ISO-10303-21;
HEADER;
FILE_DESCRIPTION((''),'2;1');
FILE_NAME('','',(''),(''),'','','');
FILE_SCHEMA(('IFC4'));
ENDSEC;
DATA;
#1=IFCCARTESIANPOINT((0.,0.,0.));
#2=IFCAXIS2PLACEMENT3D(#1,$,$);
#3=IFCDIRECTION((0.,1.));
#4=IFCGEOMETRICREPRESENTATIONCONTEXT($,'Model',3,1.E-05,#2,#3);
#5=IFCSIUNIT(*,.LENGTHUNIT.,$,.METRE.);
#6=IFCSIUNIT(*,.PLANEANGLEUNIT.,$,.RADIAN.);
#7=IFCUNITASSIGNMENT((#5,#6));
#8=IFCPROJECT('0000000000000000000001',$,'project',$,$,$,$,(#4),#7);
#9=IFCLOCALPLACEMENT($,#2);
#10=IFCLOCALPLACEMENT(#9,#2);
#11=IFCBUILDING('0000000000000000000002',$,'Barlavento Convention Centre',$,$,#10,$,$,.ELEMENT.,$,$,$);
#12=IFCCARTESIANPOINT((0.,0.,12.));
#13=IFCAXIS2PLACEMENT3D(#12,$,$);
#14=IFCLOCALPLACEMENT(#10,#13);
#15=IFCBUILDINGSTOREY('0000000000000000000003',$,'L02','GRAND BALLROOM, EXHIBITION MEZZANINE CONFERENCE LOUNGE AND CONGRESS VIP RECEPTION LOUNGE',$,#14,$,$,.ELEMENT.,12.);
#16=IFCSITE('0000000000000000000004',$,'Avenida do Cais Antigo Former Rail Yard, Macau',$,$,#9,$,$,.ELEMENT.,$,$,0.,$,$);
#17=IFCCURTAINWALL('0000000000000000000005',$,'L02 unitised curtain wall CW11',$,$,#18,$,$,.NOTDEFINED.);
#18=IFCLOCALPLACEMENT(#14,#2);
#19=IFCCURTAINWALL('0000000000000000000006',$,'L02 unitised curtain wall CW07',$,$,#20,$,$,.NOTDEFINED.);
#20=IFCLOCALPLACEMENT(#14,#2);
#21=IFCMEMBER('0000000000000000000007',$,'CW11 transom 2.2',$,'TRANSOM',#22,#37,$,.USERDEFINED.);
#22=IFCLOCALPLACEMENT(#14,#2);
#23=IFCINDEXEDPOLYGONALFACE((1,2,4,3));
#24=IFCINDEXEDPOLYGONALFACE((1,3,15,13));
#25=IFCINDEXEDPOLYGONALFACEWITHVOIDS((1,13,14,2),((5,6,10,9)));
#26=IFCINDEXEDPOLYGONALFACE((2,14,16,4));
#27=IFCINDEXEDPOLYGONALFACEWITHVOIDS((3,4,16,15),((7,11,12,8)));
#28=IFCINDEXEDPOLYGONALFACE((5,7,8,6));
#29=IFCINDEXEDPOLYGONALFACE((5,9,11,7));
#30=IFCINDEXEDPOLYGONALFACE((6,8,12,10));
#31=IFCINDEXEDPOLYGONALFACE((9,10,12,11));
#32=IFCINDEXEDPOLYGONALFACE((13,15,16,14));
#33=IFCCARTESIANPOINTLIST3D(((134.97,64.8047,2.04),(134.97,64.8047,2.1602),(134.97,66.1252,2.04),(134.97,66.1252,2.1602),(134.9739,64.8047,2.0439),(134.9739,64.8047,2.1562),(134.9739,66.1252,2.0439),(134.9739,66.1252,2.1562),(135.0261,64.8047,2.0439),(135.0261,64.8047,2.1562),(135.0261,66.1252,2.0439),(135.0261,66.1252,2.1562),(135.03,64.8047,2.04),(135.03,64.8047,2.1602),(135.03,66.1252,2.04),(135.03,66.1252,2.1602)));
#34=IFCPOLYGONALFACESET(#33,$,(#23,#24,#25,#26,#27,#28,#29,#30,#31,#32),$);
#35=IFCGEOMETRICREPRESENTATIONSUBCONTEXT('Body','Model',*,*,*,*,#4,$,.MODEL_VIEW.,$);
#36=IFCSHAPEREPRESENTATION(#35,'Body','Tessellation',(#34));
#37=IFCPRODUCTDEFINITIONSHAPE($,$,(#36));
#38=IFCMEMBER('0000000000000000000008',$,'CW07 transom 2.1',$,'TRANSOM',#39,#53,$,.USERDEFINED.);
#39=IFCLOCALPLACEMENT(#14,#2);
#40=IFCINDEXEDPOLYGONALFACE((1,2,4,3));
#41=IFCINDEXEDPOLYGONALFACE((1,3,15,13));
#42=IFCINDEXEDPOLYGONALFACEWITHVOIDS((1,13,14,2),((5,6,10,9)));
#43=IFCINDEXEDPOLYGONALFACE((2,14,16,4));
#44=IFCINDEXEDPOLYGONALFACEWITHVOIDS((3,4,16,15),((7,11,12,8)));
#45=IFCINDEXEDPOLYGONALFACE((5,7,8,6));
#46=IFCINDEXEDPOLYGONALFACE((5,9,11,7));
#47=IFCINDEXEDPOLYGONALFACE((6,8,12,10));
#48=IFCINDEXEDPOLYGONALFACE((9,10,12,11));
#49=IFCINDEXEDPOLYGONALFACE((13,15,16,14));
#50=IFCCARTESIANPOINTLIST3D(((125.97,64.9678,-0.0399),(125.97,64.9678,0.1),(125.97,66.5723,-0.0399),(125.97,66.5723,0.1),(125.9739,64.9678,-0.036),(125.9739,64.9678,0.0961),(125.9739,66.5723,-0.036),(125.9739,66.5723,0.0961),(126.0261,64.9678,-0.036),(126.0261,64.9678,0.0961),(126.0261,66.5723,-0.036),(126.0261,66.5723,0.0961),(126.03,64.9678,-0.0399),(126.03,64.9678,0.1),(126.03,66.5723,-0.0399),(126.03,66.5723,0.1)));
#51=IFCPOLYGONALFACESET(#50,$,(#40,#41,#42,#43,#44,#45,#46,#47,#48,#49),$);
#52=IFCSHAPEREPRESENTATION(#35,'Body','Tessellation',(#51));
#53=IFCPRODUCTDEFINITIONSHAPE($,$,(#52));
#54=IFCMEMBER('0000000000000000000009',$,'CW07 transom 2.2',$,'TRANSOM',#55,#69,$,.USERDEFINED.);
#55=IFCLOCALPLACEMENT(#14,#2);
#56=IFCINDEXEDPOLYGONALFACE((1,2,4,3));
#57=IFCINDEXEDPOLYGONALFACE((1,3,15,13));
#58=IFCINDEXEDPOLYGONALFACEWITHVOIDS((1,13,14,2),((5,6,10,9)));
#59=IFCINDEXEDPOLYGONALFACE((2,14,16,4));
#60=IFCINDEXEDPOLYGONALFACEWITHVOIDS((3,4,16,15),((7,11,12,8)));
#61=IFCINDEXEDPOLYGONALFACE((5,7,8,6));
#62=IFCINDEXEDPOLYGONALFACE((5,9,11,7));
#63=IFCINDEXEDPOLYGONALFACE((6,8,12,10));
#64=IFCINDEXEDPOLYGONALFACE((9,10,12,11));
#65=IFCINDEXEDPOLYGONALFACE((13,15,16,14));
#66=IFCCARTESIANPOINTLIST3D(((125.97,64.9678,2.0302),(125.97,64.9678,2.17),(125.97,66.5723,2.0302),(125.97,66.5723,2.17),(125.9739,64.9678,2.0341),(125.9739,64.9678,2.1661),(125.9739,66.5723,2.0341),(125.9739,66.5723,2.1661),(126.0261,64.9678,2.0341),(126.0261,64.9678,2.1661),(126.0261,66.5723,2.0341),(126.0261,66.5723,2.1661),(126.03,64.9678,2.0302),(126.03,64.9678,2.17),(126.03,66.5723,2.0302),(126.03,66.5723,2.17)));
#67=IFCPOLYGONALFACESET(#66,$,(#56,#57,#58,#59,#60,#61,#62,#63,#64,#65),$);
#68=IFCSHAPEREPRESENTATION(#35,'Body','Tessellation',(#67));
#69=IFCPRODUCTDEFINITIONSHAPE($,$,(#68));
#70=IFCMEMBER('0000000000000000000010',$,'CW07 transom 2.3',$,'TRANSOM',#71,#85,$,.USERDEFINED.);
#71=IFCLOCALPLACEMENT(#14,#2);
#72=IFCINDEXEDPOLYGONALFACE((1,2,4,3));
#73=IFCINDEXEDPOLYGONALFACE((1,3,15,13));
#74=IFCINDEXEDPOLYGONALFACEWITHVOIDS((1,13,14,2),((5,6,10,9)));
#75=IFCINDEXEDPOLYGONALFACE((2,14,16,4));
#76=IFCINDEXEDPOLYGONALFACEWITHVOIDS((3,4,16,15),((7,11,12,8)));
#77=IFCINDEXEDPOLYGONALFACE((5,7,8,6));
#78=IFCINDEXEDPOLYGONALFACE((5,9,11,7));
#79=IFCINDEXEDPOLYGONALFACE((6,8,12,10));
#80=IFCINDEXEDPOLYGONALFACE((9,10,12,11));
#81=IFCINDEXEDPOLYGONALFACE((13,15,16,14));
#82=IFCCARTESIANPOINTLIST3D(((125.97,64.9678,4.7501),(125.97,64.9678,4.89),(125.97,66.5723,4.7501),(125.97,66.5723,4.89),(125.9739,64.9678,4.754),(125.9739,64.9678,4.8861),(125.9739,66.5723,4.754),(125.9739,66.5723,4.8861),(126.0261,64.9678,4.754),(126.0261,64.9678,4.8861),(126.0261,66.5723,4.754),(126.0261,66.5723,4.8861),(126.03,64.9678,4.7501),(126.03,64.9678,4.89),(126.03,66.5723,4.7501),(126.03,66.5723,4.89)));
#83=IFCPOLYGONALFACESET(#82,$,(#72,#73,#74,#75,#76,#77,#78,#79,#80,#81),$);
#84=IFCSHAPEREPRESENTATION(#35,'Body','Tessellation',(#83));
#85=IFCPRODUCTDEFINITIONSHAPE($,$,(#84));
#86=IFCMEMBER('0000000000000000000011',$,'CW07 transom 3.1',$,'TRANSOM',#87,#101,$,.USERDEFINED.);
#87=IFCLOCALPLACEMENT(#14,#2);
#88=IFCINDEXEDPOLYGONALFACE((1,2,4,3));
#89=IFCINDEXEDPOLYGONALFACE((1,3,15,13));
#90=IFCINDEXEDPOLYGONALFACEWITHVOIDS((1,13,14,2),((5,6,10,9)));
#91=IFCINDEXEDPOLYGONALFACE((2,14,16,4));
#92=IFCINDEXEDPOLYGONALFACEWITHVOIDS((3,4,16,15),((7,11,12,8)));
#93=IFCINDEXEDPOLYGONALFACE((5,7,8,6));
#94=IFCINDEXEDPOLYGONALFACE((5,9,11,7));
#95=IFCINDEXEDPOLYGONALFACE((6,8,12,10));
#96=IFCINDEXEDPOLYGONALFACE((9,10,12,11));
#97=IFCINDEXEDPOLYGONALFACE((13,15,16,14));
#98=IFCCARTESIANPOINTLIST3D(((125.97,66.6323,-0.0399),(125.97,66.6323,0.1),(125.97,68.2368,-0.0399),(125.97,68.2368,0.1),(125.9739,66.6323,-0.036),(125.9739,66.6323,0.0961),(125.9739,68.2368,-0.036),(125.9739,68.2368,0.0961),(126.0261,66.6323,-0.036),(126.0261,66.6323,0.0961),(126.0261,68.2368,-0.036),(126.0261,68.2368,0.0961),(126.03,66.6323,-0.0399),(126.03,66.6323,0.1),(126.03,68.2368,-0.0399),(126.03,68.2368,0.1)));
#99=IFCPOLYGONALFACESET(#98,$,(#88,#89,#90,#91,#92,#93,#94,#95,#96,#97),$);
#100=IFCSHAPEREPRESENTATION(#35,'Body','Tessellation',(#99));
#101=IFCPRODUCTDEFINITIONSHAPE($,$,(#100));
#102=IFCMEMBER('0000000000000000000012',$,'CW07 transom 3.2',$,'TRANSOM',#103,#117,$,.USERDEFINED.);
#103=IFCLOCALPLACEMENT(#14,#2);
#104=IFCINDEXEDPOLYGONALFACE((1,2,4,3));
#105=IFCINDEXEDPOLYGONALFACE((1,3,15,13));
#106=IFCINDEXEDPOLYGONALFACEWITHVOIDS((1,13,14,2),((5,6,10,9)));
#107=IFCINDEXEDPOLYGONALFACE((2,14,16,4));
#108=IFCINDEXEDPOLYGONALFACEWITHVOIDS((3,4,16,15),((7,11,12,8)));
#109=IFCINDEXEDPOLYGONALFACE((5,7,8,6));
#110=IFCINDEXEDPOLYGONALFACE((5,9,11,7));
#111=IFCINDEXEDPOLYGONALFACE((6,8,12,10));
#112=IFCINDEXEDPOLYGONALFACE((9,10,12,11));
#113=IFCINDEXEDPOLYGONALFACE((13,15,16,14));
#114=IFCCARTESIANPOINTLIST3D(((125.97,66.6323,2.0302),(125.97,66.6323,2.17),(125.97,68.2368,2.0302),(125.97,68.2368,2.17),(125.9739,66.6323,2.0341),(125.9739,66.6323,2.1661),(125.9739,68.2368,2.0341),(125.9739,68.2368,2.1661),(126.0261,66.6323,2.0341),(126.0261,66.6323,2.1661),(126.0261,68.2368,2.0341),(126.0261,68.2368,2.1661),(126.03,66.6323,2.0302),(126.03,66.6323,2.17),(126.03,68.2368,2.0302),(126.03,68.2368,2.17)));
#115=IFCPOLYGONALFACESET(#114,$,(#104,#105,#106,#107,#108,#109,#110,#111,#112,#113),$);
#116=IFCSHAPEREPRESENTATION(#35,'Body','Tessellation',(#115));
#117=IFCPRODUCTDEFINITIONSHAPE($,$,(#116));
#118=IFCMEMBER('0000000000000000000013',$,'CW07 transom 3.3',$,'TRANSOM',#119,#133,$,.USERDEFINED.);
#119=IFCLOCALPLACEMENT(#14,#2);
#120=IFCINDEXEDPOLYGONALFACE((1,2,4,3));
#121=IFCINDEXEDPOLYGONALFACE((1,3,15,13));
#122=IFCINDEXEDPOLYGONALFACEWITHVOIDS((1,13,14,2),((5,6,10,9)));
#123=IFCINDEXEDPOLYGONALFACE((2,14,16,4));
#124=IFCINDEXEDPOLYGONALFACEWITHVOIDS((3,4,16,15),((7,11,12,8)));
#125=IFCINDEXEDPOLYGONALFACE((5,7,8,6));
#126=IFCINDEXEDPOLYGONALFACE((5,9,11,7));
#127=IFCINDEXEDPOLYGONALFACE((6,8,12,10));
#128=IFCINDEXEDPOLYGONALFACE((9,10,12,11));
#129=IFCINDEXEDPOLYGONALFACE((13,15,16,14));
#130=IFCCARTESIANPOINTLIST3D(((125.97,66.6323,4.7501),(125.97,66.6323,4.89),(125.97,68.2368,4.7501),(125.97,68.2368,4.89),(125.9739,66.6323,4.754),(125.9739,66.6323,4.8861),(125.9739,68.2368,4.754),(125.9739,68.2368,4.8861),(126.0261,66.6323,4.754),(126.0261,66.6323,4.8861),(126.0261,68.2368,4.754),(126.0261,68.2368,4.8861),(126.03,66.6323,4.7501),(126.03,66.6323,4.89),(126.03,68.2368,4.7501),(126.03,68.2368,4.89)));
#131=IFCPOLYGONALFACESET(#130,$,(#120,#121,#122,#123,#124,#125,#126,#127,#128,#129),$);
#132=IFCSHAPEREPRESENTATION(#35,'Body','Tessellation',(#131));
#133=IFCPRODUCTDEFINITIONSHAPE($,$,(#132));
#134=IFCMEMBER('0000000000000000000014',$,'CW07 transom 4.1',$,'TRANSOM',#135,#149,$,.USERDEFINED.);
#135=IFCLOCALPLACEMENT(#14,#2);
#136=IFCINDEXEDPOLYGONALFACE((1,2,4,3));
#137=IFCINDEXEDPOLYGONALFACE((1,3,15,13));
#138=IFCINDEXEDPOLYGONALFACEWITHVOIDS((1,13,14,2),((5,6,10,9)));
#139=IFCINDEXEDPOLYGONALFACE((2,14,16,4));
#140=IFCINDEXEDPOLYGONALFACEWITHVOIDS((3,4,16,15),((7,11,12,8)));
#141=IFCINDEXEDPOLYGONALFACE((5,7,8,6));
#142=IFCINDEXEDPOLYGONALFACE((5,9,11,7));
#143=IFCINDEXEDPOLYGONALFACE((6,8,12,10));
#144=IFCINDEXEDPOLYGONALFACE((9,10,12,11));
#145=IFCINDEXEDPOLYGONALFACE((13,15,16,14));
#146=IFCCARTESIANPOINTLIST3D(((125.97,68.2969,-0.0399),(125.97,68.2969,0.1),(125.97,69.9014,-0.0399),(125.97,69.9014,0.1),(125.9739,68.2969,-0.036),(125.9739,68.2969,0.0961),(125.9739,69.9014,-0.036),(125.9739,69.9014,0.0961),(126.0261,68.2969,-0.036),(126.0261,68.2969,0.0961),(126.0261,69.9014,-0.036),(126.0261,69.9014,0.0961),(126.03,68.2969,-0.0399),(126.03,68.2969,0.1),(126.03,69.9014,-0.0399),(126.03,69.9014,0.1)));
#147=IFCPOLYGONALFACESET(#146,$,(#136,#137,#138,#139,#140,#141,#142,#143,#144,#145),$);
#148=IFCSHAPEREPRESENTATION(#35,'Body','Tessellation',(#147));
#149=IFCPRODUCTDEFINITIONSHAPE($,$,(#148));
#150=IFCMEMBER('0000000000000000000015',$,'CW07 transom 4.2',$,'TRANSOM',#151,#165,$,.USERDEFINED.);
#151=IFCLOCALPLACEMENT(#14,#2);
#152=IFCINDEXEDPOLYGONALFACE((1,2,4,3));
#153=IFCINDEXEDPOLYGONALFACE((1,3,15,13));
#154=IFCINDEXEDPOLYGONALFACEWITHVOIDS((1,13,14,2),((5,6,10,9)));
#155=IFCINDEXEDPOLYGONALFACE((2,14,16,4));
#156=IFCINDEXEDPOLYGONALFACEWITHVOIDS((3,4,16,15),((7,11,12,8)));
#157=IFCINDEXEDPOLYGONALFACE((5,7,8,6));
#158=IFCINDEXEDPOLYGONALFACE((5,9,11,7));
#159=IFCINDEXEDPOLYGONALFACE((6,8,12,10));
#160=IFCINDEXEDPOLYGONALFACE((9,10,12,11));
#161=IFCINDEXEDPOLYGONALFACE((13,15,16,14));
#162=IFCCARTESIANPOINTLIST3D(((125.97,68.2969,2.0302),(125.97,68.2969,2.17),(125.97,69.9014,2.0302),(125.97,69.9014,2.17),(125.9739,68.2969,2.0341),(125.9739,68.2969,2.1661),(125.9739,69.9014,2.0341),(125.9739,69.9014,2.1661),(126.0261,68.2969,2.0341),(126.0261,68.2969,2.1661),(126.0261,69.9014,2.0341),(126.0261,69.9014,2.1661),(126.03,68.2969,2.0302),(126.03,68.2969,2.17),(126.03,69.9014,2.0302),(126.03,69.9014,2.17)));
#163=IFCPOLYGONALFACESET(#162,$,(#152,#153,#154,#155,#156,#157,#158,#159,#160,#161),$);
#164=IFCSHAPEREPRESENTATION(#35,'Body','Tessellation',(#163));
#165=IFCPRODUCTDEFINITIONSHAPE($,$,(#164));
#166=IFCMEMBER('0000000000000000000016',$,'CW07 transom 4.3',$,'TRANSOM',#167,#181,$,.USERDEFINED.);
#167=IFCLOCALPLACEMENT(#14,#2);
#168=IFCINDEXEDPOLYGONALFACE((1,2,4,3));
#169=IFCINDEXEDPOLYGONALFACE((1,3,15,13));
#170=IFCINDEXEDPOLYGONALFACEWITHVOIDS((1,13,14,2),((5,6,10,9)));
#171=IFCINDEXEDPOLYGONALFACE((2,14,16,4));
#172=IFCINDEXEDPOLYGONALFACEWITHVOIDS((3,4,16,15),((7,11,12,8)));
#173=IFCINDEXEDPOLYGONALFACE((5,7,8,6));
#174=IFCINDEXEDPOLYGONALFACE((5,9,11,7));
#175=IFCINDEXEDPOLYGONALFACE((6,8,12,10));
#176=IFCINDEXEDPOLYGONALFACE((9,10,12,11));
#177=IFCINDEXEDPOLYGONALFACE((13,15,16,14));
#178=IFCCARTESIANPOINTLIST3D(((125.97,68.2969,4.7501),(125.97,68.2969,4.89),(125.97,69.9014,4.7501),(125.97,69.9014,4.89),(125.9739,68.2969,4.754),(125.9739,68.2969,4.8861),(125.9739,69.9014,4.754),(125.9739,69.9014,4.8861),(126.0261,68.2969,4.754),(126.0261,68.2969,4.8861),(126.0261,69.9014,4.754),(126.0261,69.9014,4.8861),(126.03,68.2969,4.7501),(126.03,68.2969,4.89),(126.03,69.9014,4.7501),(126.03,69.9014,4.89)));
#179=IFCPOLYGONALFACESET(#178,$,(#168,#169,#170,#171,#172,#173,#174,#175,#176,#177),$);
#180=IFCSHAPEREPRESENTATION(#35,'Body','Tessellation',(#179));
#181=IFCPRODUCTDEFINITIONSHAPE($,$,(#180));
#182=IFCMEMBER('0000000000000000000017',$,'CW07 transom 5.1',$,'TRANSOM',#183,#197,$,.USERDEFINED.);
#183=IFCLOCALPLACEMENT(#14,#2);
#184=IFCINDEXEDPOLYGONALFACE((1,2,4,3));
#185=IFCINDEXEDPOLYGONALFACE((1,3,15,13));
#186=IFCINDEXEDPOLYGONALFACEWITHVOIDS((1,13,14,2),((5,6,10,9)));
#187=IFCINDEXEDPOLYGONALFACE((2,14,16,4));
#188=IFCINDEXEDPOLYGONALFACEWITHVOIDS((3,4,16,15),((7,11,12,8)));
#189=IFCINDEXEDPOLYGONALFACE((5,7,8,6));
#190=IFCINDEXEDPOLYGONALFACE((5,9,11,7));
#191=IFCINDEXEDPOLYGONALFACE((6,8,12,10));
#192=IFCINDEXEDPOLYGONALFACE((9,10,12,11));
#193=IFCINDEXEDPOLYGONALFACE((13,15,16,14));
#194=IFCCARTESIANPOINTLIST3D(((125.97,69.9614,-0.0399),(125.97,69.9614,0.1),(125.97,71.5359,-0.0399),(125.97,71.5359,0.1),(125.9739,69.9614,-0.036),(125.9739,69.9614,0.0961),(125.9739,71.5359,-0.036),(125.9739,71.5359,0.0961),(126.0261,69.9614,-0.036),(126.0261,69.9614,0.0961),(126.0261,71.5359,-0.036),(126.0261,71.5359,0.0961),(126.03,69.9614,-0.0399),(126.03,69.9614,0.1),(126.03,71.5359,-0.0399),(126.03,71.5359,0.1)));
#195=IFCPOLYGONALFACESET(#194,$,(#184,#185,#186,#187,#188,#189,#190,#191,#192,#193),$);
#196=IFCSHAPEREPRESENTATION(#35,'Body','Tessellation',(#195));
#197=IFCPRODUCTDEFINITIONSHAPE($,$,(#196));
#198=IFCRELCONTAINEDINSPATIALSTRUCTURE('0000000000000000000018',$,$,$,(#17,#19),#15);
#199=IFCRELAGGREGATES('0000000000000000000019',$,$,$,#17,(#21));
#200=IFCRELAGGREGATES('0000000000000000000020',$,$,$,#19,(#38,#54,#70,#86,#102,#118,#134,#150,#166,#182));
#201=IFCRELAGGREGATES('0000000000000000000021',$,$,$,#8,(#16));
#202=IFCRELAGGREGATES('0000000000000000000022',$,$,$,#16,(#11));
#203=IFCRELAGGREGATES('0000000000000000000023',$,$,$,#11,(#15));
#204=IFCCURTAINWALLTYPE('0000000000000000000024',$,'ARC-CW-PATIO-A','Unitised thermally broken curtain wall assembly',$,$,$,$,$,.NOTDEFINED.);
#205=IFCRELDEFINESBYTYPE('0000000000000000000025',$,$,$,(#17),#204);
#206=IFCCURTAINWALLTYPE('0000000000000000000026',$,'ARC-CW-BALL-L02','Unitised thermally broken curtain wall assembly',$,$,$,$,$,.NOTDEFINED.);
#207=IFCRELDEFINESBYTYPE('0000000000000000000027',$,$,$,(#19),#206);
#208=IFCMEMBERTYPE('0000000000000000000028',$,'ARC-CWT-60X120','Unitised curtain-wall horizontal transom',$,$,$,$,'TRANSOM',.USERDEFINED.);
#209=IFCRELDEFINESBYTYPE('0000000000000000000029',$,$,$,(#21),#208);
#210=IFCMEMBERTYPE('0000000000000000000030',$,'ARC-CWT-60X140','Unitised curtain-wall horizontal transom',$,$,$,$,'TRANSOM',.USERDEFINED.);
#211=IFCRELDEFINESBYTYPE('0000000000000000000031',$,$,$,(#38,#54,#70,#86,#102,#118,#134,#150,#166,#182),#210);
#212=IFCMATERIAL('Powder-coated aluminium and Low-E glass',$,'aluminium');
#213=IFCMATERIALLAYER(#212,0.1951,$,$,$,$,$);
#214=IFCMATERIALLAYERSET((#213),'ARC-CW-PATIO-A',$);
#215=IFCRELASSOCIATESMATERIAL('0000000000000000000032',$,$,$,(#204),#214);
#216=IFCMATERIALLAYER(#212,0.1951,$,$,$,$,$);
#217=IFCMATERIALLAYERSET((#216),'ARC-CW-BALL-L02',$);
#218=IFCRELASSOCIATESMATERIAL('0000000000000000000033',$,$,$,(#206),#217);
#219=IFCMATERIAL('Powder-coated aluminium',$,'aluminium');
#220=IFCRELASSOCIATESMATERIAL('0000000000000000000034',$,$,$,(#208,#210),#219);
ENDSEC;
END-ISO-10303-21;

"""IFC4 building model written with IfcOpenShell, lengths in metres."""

from ifc_helpers import new_model, si_unit, direction, frame, origin, origin_2d, place, context, subcontext, project, spatial, hollow_rectangle, extrude, material, layer, layer_set, material_profile, profile_set, type_object, element, aggregate, save


model = new_model("IFC4")

# Units and contexts
model_context = context("Model", 3, precision=1e-05, world=origin(), true_north=direction((0.0, 1.0)))
body_context = subcontext(model_context, "Body", "Model", "MODEL_VIEW")
ifc_project = project(units=[si_unit("LENGTHUNIT", "METRE"), si_unit("PLANEANGLEUNIT", "RADIAN")], contexts=[model_context])

# Site, building, storey
site_placement = place(None, origin())
site = spatial("IfcSite", under=ifc_project, at=site_placement, Name="Avenida do Cais Antigo Former Rail Yard, Macau", CompositionType="ELEMENT", RefElevation=0.0)
building_placement = place(site_placement, origin())
building = spatial("IfcBuilding", under=site, at=building_placement, Name="Barlavento Convention Centre", CompositionType="ELEMENT")
storey_placement = place(building_placement, frame((0.0, 0.0, 12.0)))
storey = spatial("IfcBuildingStorey", under=building, at=storey_placement, Name="L02", Description="GRAND BALLROOM, EXHIBITION MEZZANINE CONFERENCE LOUNGE AND CONGRESS VIP RECEPTION LOUNGE", CompositionType="ELEMENT", Elevation=12.0)

# Curtain walls
ifc_material_1 = material(Name="Powder-coated aluminium and Low-E glass", Category="aluminium")
ifc_layer_1 = layer(ifc_material_1, 0.1951)
ifc_layer_set_1 = layer_set([ifc_layer_1], Name="ARC-CW-PATIO-A")
curtain_wall_type_1 = type_object("IfcCurtainWallType", Name="ARC-CW-PATIO-A", Description="Unitised thermally broken curtain wall assembly", PredefinedType="NOTDEFINED", material=ifc_layer_set_1)
curtain_wall_1_placement = place(storey_placement, origin())
curtain_wall_1 = element("IfcCurtainWall", 1, at=curtain_wall_1_placement, inside=storey, type_object=curtain_wall_type_1, Name="L02 unitised curtain wall CW11", PredefinedType="NOTDEFINED")
ifc_material_2 = material(Name="Powder-coated aluminium", Category="aluminium")
ifc_layer_2 = layer(ifc_material_1, 0.1951)
ifc_layer_set_2 = layer_set([ifc_layer_2], Name="ARC-CW-BALL-L02")
curtain_wall_type_2 = type_object("IfcCurtainWallType", Name="ARC-CW-BALL-L02", Description="Unitised thermally broken curtain wall assembly", PredefinedType="NOTDEFINED", material=ifc_layer_set_2)
curtain_wall_2_placement = place(storey_placement, origin())
curtain_wall_2 = element("IfcCurtainWall", 2, at=curtain_wall_2_placement, inside=storey, type_object=curtain_wall_type_2, Name="L02 unitised curtain wall CW07", PredefinedType="NOTDEFINED")

# Members
ifc_material_profile_1 = material_profile(ifc_material_2, hollow_rectangle(XDim=0.0601, YDim=0.1201, WallThickness=0.0039, at=origin_2d()), Name="AL-TRAN 60x120x4")
ifc_profile_set_1 = profile_set([ifc_material_profile_1], Name="Powder-coated aluminium")
member_type_1 = type_object("IfcMemberType", Name="ARC-CWT-60X120", Description="Unitised curtain-wall horizontal transom", ElementType="TRANSOM", PredefinedType="USERDEFINED", material=ifc_profile_set_1)
member_1_placement = place(storey_placement, frame((135.0, 64.8047, 2.1001), z_axis=(0.0, 1.0, 0.0), x_axis=(-1.0, 0.0, 0.0)))
member_1 = element("IfcMember", 3, at=member_1_placement, type_object=member_type_1, Name="CW11 transom 2.2", ObjectType="TRANSOM", PredefinedType="USERDEFINED", context=body_context, shape_type="SweptSolid", body=[
    extrude(hollow_rectangle(XDim=0.0601, YDim=0.1201, WallThickness=0.0039, at=origin_2d()), origin(), (0.0, 0.0, 1.0), 1.3206),
])
ifc_material_profile_2 = material_profile(ifc_material_2, hollow_rectangle(XDim=0.0601, YDim=0.1399, WallThickness=0.0039, at=origin_2d()), Name="AL-TRAN 60x140x4")
ifc_profile_set_2 = profile_set([ifc_material_profile_2], Name="Powder-coated aluminium")
member_type_2 = type_object("IfcMemberType", Name="ARC-CWT-60X140", Description="Unitised curtain-wall horizontal transom", ElementType="TRANSOM", PredefinedType="USERDEFINED", material=ifc_profile_set_2)
member_2_placement = place(storey_placement, frame((126.0, 64.9678, 0.03), z_axis=(0.0, 1.0, 0.0), x_axis=(-1.0, 0.0, 0.0)))
member_2 = element("IfcMember", 4, at=member_2_placement, type_object=member_type_2, Name="CW07 transom 2.1", ObjectType="TRANSOM", PredefinedType="USERDEFINED", context=body_context, shape_type="SweptSolid", body=[
    extrude(hollow_rectangle(XDim=0.0601, YDim=0.1399, WallThickness=0.0039, at=origin_2d()), origin(), (0.0, 0.0, 1.0), 1.6045),
])
member_3_placement = place(storey_placement, frame((126.0, 64.9678, 2.1001), z_axis=(0.0, 1.0, 0.0), x_axis=(-1.0, 0.0, 0.0)))
member_3 = element("IfcMember", 5, at=member_3_placement, type_object=member_type_2, Name="CW07 transom 2.2", ObjectType="TRANSOM", PredefinedType="USERDEFINED", context=body_context, shape_type="SweptSolid", body=[
    extrude(hollow_rectangle(XDim=0.0601, YDim=0.1399, WallThickness=0.0039, at=origin_2d()), origin(), (0.0, 0.0, 1.0), 1.6045),
])
member_4_placement = place(storey_placement, frame((126.0, 64.9678, 4.8201), z_axis=(0.0, 1.0, 0.0), x_axis=(-1.0, 0.0, 0.0)))
member_4 = element("IfcMember", 6, at=member_4_placement, type_object=member_type_2, Name="CW07 transom 2.3", ObjectType="TRANSOM", PredefinedType="USERDEFINED", context=body_context, shape_type="SweptSolid", body=[
    extrude(hollow_rectangle(XDim=0.0601, YDim=0.1399, WallThickness=0.0039, at=origin_2d()), origin(), (0.0, 0.0, 1.0), 1.6045),
])
member_5_placement = place(storey_placement, frame((126.0, 66.6323, 0.03), z_axis=(0.0, 1.0, 0.0), x_axis=(-1.0, 0.0, 0.0)))
member_5 = element("IfcMember", 7, at=member_5_placement, type_object=member_type_2, Name="CW07 transom 3.1", ObjectType="TRANSOM", PredefinedType="USERDEFINED", context=body_context, shape_type="SweptSolid", body=[
    extrude(hollow_rectangle(XDim=0.0601, YDim=0.1399, WallThickness=0.0039, at=origin_2d()), origin(), (0.0, 0.0, 1.0), 1.6045),
])
member_6_placement = place(storey_placement, frame((126.0, 66.6323, 2.1001), z_axis=(0.0, 1.0, 0.0), x_axis=(-1.0, 0.0, 0.0)))
member_6 = element("IfcMember", 8, at=member_6_placement, type_object=member_type_2, Name="CW07 transom 3.2", ObjectType="TRANSOM", PredefinedType="USERDEFINED", context=body_context, shape_type="SweptSolid", body=[
    extrude(hollow_rectangle(XDim=0.0601, YDim=0.1399, WallThickness=0.0039, at=origin_2d()), origin(), (0.0, 0.0, 1.0), 1.6045),
])
member_7_placement = place(storey_placement, frame((126.0, 66.6323, 4.8201), z_axis=(0.0, 1.0, 0.0), x_axis=(-1.0, 0.0, 0.0)))
member_7 = element("IfcMember", 9, at=member_7_placement, type_object=member_type_2, Name="CW07 transom 3.3", ObjectType="TRANSOM", PredefinedType="USERDEFINED", context=body_context, shape_type="SweptSolid", body=[
    extrude(hollow_rectangle(XDim=0.0601, YDim=0.1399, WallThickness=0.0039, at=origin_2d()), origin(), (0.0, 0.0, 1.0), 1.6045),
])
member_8_placement = place(storey_placement, frame((126.0, 68.2969, 0.03), z_axis=(0.0, 1.0, 0.0), x_axis=(-1.0, 0.0, 0.0)))
member_8 = element("IfcMember", 10, at=member_8_placement, type_object=member_type_2, Name="CW07 transom 4.1", ObjectType="TRANSOM", PredefinedType="USERDEFINED", context=body_context, shape_type="SweptSolid", body=[
    extrude(hollow_rectangle(XDim=0.0601, YDim=0.1399, WallThickness=0.0039, at=origin_2d()), origin(), (0.0, 0.0, 1.0), 1.6045),
])
member_9_placement = place(storey_placement, frame((126.0, 68.2969, 2.1001), z_axis=(0.0, 1.0, 0.0), x_axis=(-1.0, 0.0, 0.0)))
member_9 = element("IfcMember", 11, at=member_9_placement, type_object=member_type_2, Name="CW07 transom 4.2", ObjectType="TRANSOM", PredefinedType="USERDEFINED", context=body_context, shape_type="SweptSolid", body=[
    extrude(hollow_rectangle(XDim=0.0601, YDim=0.1399, WallThickness=0.0039, at=origin_2d()), origin(), (0.0, 0.0, 1.0), 1.6045),
])
member_10_placement = place(storey_placement, frame((126.0, 68.2969, 4.8201), z_axis=(0.0, 1.0, 0.0), x_axis=(-1.0, 0.0, 0.0)))
member_10 = element("IfcMember", 12, at=member_10_placement, type_object=member_type_2, Name="CW07 transom 4.3", ObjectType="TRANSOM", PredefinedType="USERDEFINED", context=body_context, shape_type="SweptSolid", body=[
    extrude(hollow_rectangle(XDim=0.0601, YDim=0.1399, WallThickness=0.0039, at=origin_2d()), origin(), (0.0, 0.0, 1.0), 1.6045),
])
member_11_placement = place(storey_placement, frame((126.0, 69.9614, 0.03), z_axis=(0.0, 1.0, 0.0), x_axis=(-1.0, 0.0, 0.0)))
member_11 = element("IfcMember", 13, at=member_11_placement, type_object=member_type_2, Name="CW07 transom 5.1", ObjectType="TRANSOM", PredefinedType="USERDEFINED", context=body_context, shape_type="SweptSolid", body=[
    extrude(hollow_rectangle(XDim=0.0601, YDim=0.1399, WallThickness=0.0039, at=origin_2d()), origin(), (0.0, 0.0, 1.0), 1.5745),
])

aggregate(curtain_wall_1, [member_1])
aggregate(curtain_wall_2, [member_2, member_3, member_4, member_5, member_6, member_7, member_8, member_9, member_10, member_11])

save(model, "model.ifc")
